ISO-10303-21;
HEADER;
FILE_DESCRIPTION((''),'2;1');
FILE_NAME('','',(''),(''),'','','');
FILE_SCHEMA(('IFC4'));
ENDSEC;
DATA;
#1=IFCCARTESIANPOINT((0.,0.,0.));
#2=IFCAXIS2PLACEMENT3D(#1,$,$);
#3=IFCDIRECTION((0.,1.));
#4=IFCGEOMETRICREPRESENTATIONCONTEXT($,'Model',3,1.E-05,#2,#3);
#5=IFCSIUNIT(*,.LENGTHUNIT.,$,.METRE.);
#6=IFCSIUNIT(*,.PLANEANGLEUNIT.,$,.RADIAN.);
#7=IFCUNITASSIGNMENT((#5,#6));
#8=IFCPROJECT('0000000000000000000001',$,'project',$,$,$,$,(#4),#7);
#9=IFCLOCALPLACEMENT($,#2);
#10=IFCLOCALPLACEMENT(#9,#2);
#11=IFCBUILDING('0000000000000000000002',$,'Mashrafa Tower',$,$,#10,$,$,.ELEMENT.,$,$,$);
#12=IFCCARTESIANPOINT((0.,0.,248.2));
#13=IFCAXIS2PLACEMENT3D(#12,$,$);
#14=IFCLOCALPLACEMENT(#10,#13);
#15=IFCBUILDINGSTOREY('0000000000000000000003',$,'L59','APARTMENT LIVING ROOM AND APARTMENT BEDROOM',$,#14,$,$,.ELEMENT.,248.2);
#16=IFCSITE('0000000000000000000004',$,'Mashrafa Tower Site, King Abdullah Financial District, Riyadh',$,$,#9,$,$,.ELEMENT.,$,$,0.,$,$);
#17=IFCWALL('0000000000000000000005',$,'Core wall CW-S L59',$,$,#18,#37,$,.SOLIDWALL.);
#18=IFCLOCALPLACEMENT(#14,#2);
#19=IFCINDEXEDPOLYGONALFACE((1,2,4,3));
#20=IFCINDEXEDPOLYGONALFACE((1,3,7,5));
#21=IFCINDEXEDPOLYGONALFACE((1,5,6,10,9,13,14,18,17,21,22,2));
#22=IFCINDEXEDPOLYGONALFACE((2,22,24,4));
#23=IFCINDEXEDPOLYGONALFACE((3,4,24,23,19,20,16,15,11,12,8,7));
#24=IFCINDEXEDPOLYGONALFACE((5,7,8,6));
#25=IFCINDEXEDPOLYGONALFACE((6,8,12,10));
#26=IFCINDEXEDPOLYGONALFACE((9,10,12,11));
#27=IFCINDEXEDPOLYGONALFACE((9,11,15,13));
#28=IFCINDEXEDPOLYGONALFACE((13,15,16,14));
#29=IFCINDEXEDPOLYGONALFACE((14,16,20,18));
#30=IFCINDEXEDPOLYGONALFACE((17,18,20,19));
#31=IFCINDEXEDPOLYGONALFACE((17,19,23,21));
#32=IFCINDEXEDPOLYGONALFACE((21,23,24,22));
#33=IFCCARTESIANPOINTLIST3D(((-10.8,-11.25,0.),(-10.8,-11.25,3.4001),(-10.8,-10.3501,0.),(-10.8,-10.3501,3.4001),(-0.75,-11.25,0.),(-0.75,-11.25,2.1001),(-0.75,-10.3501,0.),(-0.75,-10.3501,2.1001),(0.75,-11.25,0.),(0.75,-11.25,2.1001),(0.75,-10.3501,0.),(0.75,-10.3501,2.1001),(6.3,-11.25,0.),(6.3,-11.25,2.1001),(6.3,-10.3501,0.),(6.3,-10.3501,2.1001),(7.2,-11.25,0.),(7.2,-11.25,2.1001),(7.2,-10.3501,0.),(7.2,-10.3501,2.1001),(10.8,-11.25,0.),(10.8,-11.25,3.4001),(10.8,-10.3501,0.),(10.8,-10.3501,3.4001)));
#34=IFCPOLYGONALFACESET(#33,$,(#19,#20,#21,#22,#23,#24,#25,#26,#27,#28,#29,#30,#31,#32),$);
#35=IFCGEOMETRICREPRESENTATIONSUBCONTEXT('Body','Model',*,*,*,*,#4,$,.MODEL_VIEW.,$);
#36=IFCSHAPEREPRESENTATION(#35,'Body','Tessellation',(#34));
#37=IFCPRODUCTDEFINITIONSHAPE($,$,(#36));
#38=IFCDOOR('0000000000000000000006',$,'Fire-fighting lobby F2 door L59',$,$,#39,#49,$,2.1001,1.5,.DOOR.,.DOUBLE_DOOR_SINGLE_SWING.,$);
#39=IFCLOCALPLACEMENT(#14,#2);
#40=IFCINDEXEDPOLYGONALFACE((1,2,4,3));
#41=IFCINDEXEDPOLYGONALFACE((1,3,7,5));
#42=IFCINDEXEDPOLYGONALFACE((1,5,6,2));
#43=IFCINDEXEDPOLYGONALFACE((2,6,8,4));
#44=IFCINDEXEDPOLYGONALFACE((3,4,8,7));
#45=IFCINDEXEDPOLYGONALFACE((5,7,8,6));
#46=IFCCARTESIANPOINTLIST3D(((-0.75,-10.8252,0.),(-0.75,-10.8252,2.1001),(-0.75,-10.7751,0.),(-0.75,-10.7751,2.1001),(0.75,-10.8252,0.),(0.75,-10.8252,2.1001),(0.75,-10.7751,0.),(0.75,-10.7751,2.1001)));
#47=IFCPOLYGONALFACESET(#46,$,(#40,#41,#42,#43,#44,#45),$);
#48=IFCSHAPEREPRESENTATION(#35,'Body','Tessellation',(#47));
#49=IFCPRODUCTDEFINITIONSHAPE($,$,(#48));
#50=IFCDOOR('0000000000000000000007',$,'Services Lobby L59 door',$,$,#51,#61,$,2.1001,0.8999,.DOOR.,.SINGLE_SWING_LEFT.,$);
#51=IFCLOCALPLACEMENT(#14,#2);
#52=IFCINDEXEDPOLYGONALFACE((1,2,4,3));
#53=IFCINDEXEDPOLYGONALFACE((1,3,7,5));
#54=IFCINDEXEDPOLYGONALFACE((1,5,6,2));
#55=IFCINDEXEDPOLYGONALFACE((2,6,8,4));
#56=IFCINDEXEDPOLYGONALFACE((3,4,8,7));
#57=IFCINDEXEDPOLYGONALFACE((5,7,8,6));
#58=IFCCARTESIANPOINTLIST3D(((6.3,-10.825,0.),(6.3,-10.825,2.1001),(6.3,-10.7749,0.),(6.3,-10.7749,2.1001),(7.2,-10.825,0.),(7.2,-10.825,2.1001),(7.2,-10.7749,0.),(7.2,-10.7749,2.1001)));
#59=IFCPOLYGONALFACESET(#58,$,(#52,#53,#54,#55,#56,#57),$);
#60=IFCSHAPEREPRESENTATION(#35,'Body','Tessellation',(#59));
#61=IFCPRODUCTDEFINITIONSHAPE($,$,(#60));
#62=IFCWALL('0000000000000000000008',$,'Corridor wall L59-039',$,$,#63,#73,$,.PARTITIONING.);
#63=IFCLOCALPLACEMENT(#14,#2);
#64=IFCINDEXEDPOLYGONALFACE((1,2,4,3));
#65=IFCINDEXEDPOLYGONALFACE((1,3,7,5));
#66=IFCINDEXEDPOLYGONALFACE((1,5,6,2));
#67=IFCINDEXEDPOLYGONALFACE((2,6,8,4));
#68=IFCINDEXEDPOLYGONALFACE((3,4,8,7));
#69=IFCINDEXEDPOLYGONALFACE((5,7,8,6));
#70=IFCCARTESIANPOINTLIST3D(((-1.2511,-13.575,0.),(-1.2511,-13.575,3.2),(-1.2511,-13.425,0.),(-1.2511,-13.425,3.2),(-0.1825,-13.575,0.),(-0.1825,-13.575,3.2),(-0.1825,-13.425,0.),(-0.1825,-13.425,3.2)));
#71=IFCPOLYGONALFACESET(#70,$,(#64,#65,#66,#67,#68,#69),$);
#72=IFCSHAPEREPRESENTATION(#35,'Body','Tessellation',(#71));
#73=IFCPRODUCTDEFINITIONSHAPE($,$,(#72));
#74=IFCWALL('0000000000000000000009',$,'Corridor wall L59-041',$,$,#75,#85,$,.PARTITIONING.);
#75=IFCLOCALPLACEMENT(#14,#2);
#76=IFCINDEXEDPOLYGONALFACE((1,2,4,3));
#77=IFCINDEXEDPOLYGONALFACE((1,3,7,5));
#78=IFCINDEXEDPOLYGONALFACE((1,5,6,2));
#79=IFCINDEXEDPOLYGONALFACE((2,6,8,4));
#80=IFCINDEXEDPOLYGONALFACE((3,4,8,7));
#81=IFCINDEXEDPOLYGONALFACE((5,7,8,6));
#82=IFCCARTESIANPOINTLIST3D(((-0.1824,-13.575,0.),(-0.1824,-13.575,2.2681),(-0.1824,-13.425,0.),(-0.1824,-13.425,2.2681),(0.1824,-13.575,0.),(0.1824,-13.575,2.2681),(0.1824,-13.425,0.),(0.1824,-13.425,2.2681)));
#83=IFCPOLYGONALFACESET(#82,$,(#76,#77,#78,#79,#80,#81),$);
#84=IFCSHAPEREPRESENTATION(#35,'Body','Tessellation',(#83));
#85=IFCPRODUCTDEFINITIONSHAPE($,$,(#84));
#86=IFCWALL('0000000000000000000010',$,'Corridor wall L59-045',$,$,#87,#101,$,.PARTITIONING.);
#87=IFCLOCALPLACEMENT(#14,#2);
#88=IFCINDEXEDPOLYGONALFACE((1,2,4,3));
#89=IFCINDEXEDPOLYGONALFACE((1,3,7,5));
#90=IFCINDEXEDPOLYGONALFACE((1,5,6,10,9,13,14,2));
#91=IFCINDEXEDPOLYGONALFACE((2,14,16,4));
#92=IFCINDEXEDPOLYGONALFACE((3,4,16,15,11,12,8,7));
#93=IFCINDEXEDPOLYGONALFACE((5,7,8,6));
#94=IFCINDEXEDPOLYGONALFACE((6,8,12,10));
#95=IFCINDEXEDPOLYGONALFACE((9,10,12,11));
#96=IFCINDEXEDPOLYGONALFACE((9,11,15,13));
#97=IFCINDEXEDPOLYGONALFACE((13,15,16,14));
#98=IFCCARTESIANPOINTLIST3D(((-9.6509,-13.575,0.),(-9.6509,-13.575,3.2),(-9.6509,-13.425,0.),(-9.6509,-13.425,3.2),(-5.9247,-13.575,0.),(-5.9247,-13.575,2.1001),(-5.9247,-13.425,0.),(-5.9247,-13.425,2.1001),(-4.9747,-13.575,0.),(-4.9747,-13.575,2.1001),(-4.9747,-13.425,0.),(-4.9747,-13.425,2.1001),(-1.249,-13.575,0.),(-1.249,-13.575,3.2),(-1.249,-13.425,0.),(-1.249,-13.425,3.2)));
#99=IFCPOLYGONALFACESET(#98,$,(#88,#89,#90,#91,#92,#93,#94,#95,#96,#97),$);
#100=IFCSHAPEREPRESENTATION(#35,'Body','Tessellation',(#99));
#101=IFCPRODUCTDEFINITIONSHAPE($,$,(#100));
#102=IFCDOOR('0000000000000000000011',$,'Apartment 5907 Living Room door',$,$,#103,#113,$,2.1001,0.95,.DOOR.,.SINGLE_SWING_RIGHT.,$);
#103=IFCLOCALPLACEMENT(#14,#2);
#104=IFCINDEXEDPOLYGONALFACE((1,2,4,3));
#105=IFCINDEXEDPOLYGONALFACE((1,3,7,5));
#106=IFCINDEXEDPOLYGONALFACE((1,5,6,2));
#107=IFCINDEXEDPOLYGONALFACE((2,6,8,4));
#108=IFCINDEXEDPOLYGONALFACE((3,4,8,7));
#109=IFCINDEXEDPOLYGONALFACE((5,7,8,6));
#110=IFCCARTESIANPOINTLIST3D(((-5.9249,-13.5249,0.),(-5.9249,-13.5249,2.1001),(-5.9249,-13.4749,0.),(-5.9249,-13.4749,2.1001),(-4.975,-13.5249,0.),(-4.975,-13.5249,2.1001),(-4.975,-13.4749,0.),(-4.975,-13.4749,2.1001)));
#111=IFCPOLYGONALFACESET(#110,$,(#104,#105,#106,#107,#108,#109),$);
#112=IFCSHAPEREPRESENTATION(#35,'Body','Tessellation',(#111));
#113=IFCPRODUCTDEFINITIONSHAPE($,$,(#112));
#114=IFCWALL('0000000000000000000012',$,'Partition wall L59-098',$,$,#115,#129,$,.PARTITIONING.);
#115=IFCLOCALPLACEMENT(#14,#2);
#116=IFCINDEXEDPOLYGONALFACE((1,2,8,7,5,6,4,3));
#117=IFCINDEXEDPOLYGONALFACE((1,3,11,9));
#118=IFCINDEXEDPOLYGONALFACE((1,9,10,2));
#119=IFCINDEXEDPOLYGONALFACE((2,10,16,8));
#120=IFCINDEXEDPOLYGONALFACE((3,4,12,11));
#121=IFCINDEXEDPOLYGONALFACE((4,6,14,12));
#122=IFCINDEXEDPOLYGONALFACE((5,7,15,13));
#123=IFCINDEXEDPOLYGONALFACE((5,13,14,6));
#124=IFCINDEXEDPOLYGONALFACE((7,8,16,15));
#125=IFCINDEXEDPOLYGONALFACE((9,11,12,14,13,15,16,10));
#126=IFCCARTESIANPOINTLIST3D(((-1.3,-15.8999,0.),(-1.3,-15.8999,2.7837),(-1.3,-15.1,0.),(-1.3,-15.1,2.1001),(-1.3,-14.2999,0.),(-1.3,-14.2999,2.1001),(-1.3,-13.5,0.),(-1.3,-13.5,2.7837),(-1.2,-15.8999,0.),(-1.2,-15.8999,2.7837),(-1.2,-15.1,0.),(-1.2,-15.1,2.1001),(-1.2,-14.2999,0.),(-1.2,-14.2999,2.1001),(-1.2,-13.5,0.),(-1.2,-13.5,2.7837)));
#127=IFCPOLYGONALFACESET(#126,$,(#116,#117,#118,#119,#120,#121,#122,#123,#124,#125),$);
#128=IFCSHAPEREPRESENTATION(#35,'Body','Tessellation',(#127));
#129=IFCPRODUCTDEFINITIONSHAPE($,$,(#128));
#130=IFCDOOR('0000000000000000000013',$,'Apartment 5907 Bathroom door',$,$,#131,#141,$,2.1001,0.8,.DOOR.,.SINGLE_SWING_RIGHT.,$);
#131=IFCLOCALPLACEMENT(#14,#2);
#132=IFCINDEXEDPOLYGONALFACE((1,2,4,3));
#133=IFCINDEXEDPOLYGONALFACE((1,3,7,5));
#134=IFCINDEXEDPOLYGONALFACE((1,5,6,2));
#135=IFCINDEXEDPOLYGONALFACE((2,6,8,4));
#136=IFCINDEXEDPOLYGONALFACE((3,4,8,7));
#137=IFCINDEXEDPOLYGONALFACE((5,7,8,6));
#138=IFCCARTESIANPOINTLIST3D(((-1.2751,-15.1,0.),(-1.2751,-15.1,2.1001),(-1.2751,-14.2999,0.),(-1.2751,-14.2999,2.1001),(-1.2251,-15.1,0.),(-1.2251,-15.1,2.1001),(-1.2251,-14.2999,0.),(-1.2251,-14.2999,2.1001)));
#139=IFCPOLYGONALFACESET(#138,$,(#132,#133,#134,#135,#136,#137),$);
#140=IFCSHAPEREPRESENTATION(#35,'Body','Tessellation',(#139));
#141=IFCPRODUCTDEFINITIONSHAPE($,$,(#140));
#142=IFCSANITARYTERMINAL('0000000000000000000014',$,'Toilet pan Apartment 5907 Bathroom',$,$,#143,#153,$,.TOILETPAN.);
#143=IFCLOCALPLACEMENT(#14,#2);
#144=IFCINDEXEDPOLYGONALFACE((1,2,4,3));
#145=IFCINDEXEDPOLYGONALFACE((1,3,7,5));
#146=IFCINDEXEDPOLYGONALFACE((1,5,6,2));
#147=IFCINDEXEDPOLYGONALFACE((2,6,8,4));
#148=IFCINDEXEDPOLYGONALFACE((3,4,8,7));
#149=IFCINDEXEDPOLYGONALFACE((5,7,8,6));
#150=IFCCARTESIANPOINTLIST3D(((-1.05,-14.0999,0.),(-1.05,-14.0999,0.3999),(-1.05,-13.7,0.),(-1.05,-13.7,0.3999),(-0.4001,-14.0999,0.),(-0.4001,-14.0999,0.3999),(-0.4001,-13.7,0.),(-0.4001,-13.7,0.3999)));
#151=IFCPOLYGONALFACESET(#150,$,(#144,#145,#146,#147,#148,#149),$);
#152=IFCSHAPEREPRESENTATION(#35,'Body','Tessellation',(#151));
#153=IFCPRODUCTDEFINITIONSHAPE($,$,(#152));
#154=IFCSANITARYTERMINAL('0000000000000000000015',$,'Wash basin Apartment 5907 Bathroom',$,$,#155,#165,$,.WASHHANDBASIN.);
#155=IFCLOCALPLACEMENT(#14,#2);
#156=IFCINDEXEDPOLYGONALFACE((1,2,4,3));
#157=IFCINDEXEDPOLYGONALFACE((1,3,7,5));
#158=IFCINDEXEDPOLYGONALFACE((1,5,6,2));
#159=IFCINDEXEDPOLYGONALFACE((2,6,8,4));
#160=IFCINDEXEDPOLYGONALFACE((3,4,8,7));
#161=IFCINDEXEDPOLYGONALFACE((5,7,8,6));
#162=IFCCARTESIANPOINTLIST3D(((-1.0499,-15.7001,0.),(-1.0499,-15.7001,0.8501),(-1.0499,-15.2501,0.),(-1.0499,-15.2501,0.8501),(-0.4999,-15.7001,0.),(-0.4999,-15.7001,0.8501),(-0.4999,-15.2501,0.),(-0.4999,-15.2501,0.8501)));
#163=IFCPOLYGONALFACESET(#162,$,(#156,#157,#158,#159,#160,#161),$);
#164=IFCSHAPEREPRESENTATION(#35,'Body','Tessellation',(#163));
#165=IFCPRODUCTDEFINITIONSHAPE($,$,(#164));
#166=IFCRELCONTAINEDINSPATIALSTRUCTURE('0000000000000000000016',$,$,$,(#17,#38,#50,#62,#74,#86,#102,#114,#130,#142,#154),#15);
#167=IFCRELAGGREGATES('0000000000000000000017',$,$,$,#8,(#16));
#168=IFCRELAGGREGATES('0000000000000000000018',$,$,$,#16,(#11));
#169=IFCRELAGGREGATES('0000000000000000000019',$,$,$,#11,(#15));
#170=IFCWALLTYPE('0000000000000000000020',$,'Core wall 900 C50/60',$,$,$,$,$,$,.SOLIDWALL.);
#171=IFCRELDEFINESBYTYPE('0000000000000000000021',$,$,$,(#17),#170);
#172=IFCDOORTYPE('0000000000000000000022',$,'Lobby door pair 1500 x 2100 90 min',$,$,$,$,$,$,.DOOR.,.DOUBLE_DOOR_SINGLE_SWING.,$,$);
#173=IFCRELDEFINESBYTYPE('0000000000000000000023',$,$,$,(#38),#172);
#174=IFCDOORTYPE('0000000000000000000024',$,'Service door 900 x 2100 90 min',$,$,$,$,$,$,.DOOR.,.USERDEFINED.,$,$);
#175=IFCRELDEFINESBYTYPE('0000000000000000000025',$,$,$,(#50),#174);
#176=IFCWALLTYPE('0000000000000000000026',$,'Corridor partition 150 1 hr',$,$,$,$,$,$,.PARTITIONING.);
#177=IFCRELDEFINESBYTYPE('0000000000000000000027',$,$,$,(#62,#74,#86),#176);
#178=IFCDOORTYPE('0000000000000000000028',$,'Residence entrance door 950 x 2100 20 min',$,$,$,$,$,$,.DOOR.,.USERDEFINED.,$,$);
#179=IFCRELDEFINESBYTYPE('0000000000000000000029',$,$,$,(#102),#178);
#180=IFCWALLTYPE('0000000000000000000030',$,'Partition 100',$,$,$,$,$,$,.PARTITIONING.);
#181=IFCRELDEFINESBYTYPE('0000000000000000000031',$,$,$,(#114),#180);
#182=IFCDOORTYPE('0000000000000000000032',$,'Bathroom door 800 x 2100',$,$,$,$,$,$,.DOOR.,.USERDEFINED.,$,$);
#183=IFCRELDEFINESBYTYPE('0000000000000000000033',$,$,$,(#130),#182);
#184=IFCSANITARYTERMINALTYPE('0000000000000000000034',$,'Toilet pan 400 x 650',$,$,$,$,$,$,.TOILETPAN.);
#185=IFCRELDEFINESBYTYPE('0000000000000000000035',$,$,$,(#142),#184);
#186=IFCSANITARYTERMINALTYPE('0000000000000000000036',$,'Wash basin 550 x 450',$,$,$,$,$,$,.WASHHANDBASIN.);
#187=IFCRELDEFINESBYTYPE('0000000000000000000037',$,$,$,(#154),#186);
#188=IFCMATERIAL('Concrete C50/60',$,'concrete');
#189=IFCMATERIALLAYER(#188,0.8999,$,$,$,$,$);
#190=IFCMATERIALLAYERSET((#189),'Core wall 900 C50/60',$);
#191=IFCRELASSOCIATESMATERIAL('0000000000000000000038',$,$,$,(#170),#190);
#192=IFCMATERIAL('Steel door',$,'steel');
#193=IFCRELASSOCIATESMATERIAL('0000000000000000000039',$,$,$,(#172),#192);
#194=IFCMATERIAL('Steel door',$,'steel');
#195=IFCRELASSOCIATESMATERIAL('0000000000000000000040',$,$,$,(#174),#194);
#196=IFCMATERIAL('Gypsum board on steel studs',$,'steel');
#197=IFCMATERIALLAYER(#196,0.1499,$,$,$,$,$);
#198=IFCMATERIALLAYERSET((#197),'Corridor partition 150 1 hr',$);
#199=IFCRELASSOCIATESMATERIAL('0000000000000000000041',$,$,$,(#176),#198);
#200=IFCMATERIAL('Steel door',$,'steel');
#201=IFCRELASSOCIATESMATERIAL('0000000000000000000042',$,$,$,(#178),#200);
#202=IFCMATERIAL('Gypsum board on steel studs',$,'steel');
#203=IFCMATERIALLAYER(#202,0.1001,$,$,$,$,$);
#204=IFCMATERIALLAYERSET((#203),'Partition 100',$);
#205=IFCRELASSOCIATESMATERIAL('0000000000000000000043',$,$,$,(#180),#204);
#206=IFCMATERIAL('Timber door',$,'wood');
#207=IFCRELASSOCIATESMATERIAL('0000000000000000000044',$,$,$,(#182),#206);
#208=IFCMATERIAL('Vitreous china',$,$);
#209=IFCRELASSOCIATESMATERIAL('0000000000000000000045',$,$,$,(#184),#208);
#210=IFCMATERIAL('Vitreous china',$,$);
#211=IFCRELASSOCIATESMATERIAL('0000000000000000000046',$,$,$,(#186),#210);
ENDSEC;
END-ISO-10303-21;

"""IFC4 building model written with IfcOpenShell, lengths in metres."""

from ifc_helpers import new_model, si_unit, direction, frame, frame_2d, origin, origin_2d, place, context, subcontext, project, spatial, rectangle, extrude, material, layer, layer_set, type_object, element, fill, save


model = new_model("IFC4")

# Units and contexts
model_context = context("Model", 3, precision=1e-05, world=origin(), true_north=direction((0.0, 1.0)))
body_context = subcontext(model_context, "Body", "Model", "MODEL_VIEW")
ifc_project = project(units=[si_unit("LENGTHUNIT", "METRE"), si_unit("PLANEANGLEUNIT", "RADIAN")], contexts=[model_context])

# Site, building, storey
site_placement = place(None, origin())
site = spatial("IfcSite", under=ifc_project, at=site_placement, Name="Mashrafa Tower Site, King Abdullah Financial District, Riyadh", CompositionType="ELEMENT", RefElevation=0.0)
building_placement = place(site_placement, origin())
building = spatial("IfcBuilding", under=site, at=building_placement, Name="Mashrafa Tower", CompositionType="ELEMENT")
storey_placement = place(building_placement, frame((0.0, 0.0, 248.2)))
storey = spatial("IfcBuildingStorey", under=building, at=storey_placement, Name="L59", Description="APARTMENT LIVING ROOM AND APARTMENT BEDROOM", CompositionType="ELEMENT", Elevation=248.2)

# Wall, openings, doors
ifc_material_1 = material(Name="Concrete C50/60", Category="concrete")
ifc_layer_1 = layer(ifc_material_1, 0.8999)
ifc_layer_set_1 = layer_set([ifc_layer_1], Name="Core wall 900 C50/60")
wall_type_1 = type_object("IfcWallType", Name="Core wall 900 C50/60", PredefinedType="SOLIDWALL", material=ifc_layer_set_1)
wall_1_placement = place(storey_placement, frame((-10.8, -10.8, 0.0), z_axis=(0.0, 0.0, 1.0), x_axis=(1.0, 0.0, 0.0)))
wall_1 = element("IfcWall", 1, at=wall_1_placement, inside=storey, type_object=wall_type_1, Name="Core wall CW-S L59", PredefinedType="SOLIDWALL", context=body_context, shape_type="SweptSolid", body=[
    extrude(rectangle(XDim=21.6001, YDim=0.8999, at=frame_2d((10.8, 0.0))), origin(), (0.0, 0.0, 1.0), 3.4001),
])
opening_1_placement = place(wall_1_placement, frame((10.05, 0.0, 0.0)))
opening_1 = element("IfcOpeningElement", 2, at=opening_1_placement, cuts=wall_1, PredefinedType="OPENING", context=body_context, shape_type="SweptSolid", body=[
    extrude(rectangle(XDim=1.5, YDim=2.1001, at=frame_2d((0.75, 1.05))), frame((0.0, 0.46, 0.0), z_axis=(0.0, -1.0, 0.0), x_axis=(1.0, 0.0, 0.0)), (0.0, 0.0, 1.0), 0.9199),
])
opening_2_placement = place(wall_1_placement, frame((17.1001, 0.0, 0.0)))
opening_2 = element("IfcOpeningElement", 3, at=opening_2_placement, cuts=wall_1, PredefinedType="OPENING", context=body_context, shape_type="SweptSolid", body=[
    extrude(rectangle(XDim=0.8999, YDim=2.1001, at=frame_2d((0.45, 1.05))), frame((0.0, 0.46, 0.0), z_axis=(0.0, -1.0, 0.0), x_axis=(1.0, 0.0, 0.0)), (0.0, 0.0, 1.0), 0.9199),
])
ifc_material_2 = material(Name="Steel door", Category="steel")
door_type_1 = type_object("IfcDoorType", Name="Lobby door pair 1500 x 2100 90 min", OperationType="DOUBLE_DOOR_SINGLE_SWING", PredefinedType="DOOR", material=ifc_material_2)
door_1_placement = place(opening_1_placement, origin())
door_1 = element("IfcDoor", 4, at=door_1_placement, inside=storey, type_object=door_type_1, Name="Fire-fighting lobby F2 door L59", OperationType="DOUBLE_DOOR_SINGLE_SWING", OverallHeight=2.1001, OverallWidth=1.5, PredefinedType="DOOR", context=body_context, shape_type="SweptSolid", body=[
    extrude(rectangle(XDim=1.5, YDim=2.1001, at=frame_2d((0.75, 1.05))), frame((0.0, 0.0249, 0.0), z_axis=(0.0, -1.0, 0.0), x_axis=(1.0, 0.0, 0.0)), (0.0, 0.0, 1.0), 0.05),
])
fill(opening_1, door_1)
ifc_material_3 = material(Name="Steel door", Category="steel")
door_type_2 = type_object("IfcDoorType", Name="Service door 900 x 2100 90 min", OperationType="USERDEFINED", PredefinedType="DOOR", material=ifc_material_3)
door_2_placement = place(opening_2_placement, frame((0.8999, 0.0, 0.0), z_axis=(0.0, 0.0, 1.0), x_axis=(-1.0, 0.0, 0.0)))
door_2 = element("IfcDoor", 5, at=door_2_placement, inside=storey, type_object=door_type_2, Name="Services Lobby L59 door", OperationType="SINGLE_SWING_LEFT", OverallHeight=2.1001, OverallWidth=0.8999, PredefinedType="DOOR", context=body_context, shape_type="SweptSolid", body=[
    extrude(rectangle(XDim=0.8999, YDim=2.1001, at=frame_2d((0.45, 1.05))), frame((0.0, 0.0249, 0.0), z_axis=(0.0, -1.0, 0.0), x_axis=(1.0, 0.0, 0.0)), (0.0, 0.0, 1.0), 0.05),
])
fill(opening_2, door_2)

# Walls
ifc_material_4 = material(Name="Gypsum board on steel studs", Category="steel")
ifc_layer_2 = layer(ifc_material_4, 0.1499)
ifc_layer_set_2 = layer_set([ifc_layer_2], Name="Corridor partition 150 1 hr")
wall_type_2 = type_object("IfcWallType", Name="Corridor partition 150 1 hr", PredefinedType="PARTITIONING", material=ifc_layer_set_2)
wall_2_placement = place(storey_placement, frame((-1.251, -13.5, 0.0), z_axis=(0.0, 0.0, 1.0), x_axis=(1.0, 0.0, 0.0)))
element("IfcWall", 6, at=wall_2_placement, inside=storey, type_object=wall_type_2, Name="Corridor wall L59-039", PredefinedType="PARTITIONING", context=body_context, shape_type="SweptSolid", body=[
    extrude(rectangle(XDim=1.0686, YDim=0.1499, at=frame_2d((0.5342, 0.0))), origin(), (0.0, 0.0, 1.0), 3.2),
])
wall_3_placement = place(storey_placement, frame((-0.1824, -13.5, 0.0), z_axis=(0.0, 0.0, 1.0), x_axis=(1.0, 0.0, 0.0)))
element("IfcWall", 7, at=wall_3_placement, inside=storey, type_object=wall_type_2, Name="Corridor wall L59-041", PredefinedType="PARTITIONING", context=body_context, shape_type="SweptSolid", body=[
    extrude(rectangle(XDim=0.3647, YDim=0.1499, at=frame_2d((0.1824, 0.0))), origin(), (0.0, 0.0, 1.0), 2.2681),
])

# Walls, openings, doors
wall_4_placement = place(storey_placement, frame((-9.6509, -13.5, 0.0), z_axis=(0.0, 0.0, 1.0), x_axis=(1.0, 0.0, 0.0)))
wall_4 = element("IfcWall", 8, at=wall_4_placement, inside=storey, type_object=wall_type_2, Name="Corridor wall L59-045", PredefinedType="PARTITIONING", context=body_context, shape_type="SweptSolid", body=[
    extrude(rectangle(XDim=8.4019, YDim=0.1499, at=frame_2d((4.2009, 0.0))), origin(), (0.0, 0.0, 1.0), 3.2),
])
opening_3_placement = place(wall_4_placement, frame((3.7261, 0.0, 0.0)))
opening_3 = element("IfcOpeningElement", 9, at=opening_3_placement, cuts=wall_4, PredefinedType="OPENING", context=body_context, shape_type="SweptSolid", body=[
    extrude(rectangle(XDim=0.95, YDim=2.1001, at=frame_2d((0.4751, 1.05))), frame((0.0, 0.085, 0.0), z_axis=(0.0, -1.0, 0.0), x_axis=(1.0, 0.0, 0.0)), (0.0, 0.0, 1.0), 0.1699),
])
ifc_material_5 = material(Name="Steel door", Category="steel")
door_type_3 = type_object("IfcDoorType", Name="Residence entrance door 950 x 2100 20 min", OperationType="USERDEFINED", PredefinedType="DOOR", material=ifc_material_5)
door_3_placement = place(opening_3_placement, frame((0.95, 0.0, 0.0), z_axis=(0.0, 0.0, 1.0), x_axis=(-1.0, 0.0, 0.0)))
door_3 = element("IfcDoor", 10, at=door_3_placement, inside=storey, type_object=door_type_3, Name="Apartment 5907 Living Room door", OperationType="SINGLE_SWING_RIGHT", OverallHeight=2.1001, OverallWidth=0.95, PredefinedType="DOOR", context=body_context, shape_type="SweptSolid", body=[
    extrude(rectangle(XDim=0.95, YDim=2.1001, at=frame_2d((0.4751, 1.05))), frame((0.0, 0.0249, 0.0), z_axis=(0.0, -1.0, 0.0), x_axis=(1.0, 0.0, 0.0)), (0.0, 0.0, 1.0), 0.05),
])
fill(opening_3, door_3)
ifc_material_6 = material(Name="Gypsum board on steel studs", Category="steel")
ifc_layer_3 = layer(ifc_material_6, 0.1001)
ifc_layer_set_3 = layer_set([ifc_layer_3], Name="Partition 100")
wall_type_3 = type_object("IfcWallType", Name="Partition 100", PredefinedType="PARTITIONING", material=ifc_layer_set_3)
wall_5_placement = place(storey_placement, frame((-1.25, -13.5, 0.0), z_axis=(0.0, 0.0, 1.0), x_axis=(0.0, -1.0, 0.0)))
wall_5 = element("IfcWall", 11, at=wall_5_placement, inside=storey, type_object=wall_type_3, Name="Partition wall L59-098", PredefinedType="PARTITIONING", context=body_context, shape_type="SweptSolid", body=[
    extrude(rectangle(XDim=2.3999, YDim=0.1001, at=frame_2d((1.2, 0.0))), origin(), (0.0, 0.0, 1.0), 2.7837),
])
opening_4_placement = place(wall_5_placement, frame((0.8, 0.0, 0.0)))
opening_4 = element("IfcOpeningElement", 12, at=opening_4_placement, cuts=wall_5, PredefinedType="OPENING", context=body_context, shape_type="SweptSolid", body=[
    extrude(rectangle(XDim=0.8, YDim=2.1001, at=frame_2d((0.3999, 1.05))), frame((0.0, 0.0601, 0.0), z_axis=(0.0, -1.0, 0.0), x_axis=(1.0, 0.0, 0.0)), (0.0, 0.0, 1.0), 0.1201),
])
ifc_material_7 = material(Name="Timber door", Category="wood")
door_type_4 = type_object("IfcDoorType", Name="Bathroom door 800 x 2100", OperationType="USERDEFINED", PredefinedType="DOOR", material=ifc_material_7)
door_4_placement = place(opening_4_placement, origin())
door_4 = element("IfcDoor", 13, at=door_4_placement, inside=storey, type_object=door_type_4, Name="Apartment 5907 Bathroom door", OperationType="SINGLE_SWING_RIGHT", OverallHeight=2.1001, OverallWidth=0.8, PredefinedType="DOOR", context=body_context, shape_type="SweptSolid", body=[
    extrude(rectangle(XDim=0.8, YDim=2.1001, at=frame_2d((0.3999, 1.05))), frame((0.0, 0.0249, 0.0), z_axis=(0.0, -1.0, 0.0), x_axis=(1.0, 0.0, 0.0)), (0.0, 0.0, 1.0), 0.05),
])
fill(opening_4, door_4)

# Sanitary terminals
ifc_material_8 = material(Name="Vitreous china")
sanitary_terminal_type_1 = type_object("IfcSanitaryTerminalType", Name="Toilet pan 400 x 650", PredefinedType="TOILETPAN", material=ifc_material_8)
sanitary_terminal_1_placement = place(storey_placement, frame((-0.7251, -13.8999, 0.0), z_axis=(0.0, 0.0, 1.0), x_axis=(0.0, -1.0, 0.0)))
element("IfcSanitaryTerminal", 14, at=sanitary_terminal_1_placement, inside=storey, type_object=sanitary_terminal_type_1, Name="Toilet pan Apartment 5907 Bathroom", PredefinedType="TOILETPAN", context=body_context, shape_type="SweptSolid", body=[
    extrude(rectangle(XDim=0.3999, YDim=0.6499, at=origin_2d()), origin(), (0.0, 0.0, 1.0), 0.3999),
])
ifc_material_9 = material(Name="Vitreous china")
sanitary_terminal_type_2 = type_object("IfcSanitaryTerminalType", Name="Wash basin 550 x 450", PredefinedType="WASHHANDBASIN", material=ifc_material_9)
sanitary_terminal_2_placement = place(storey_placement, frame((-0.7749, -15.4751, 0.0), z_axis=(0.0, 0.0, 1.0), x_axis=(1.0, 0.0, 0.0)))
element("IfcSanitaryTerminal", 15, at=sanitary_terminal_2_placement, inside=storey, type_object=sanitary_terminal_type_2, Name="Wash basin Apartment 5907 Bathroom", PredefinedType="WASHHANDBASIN", context=body_context, shape_type="SweptSolid", body=[
    extrude(rectangle(XDim=0.55, YDim=0.45, at=origin_2d()), origin(), (0.0, 0.0, 1.0), 0.8501),
])

save(model, "model.ifc")
